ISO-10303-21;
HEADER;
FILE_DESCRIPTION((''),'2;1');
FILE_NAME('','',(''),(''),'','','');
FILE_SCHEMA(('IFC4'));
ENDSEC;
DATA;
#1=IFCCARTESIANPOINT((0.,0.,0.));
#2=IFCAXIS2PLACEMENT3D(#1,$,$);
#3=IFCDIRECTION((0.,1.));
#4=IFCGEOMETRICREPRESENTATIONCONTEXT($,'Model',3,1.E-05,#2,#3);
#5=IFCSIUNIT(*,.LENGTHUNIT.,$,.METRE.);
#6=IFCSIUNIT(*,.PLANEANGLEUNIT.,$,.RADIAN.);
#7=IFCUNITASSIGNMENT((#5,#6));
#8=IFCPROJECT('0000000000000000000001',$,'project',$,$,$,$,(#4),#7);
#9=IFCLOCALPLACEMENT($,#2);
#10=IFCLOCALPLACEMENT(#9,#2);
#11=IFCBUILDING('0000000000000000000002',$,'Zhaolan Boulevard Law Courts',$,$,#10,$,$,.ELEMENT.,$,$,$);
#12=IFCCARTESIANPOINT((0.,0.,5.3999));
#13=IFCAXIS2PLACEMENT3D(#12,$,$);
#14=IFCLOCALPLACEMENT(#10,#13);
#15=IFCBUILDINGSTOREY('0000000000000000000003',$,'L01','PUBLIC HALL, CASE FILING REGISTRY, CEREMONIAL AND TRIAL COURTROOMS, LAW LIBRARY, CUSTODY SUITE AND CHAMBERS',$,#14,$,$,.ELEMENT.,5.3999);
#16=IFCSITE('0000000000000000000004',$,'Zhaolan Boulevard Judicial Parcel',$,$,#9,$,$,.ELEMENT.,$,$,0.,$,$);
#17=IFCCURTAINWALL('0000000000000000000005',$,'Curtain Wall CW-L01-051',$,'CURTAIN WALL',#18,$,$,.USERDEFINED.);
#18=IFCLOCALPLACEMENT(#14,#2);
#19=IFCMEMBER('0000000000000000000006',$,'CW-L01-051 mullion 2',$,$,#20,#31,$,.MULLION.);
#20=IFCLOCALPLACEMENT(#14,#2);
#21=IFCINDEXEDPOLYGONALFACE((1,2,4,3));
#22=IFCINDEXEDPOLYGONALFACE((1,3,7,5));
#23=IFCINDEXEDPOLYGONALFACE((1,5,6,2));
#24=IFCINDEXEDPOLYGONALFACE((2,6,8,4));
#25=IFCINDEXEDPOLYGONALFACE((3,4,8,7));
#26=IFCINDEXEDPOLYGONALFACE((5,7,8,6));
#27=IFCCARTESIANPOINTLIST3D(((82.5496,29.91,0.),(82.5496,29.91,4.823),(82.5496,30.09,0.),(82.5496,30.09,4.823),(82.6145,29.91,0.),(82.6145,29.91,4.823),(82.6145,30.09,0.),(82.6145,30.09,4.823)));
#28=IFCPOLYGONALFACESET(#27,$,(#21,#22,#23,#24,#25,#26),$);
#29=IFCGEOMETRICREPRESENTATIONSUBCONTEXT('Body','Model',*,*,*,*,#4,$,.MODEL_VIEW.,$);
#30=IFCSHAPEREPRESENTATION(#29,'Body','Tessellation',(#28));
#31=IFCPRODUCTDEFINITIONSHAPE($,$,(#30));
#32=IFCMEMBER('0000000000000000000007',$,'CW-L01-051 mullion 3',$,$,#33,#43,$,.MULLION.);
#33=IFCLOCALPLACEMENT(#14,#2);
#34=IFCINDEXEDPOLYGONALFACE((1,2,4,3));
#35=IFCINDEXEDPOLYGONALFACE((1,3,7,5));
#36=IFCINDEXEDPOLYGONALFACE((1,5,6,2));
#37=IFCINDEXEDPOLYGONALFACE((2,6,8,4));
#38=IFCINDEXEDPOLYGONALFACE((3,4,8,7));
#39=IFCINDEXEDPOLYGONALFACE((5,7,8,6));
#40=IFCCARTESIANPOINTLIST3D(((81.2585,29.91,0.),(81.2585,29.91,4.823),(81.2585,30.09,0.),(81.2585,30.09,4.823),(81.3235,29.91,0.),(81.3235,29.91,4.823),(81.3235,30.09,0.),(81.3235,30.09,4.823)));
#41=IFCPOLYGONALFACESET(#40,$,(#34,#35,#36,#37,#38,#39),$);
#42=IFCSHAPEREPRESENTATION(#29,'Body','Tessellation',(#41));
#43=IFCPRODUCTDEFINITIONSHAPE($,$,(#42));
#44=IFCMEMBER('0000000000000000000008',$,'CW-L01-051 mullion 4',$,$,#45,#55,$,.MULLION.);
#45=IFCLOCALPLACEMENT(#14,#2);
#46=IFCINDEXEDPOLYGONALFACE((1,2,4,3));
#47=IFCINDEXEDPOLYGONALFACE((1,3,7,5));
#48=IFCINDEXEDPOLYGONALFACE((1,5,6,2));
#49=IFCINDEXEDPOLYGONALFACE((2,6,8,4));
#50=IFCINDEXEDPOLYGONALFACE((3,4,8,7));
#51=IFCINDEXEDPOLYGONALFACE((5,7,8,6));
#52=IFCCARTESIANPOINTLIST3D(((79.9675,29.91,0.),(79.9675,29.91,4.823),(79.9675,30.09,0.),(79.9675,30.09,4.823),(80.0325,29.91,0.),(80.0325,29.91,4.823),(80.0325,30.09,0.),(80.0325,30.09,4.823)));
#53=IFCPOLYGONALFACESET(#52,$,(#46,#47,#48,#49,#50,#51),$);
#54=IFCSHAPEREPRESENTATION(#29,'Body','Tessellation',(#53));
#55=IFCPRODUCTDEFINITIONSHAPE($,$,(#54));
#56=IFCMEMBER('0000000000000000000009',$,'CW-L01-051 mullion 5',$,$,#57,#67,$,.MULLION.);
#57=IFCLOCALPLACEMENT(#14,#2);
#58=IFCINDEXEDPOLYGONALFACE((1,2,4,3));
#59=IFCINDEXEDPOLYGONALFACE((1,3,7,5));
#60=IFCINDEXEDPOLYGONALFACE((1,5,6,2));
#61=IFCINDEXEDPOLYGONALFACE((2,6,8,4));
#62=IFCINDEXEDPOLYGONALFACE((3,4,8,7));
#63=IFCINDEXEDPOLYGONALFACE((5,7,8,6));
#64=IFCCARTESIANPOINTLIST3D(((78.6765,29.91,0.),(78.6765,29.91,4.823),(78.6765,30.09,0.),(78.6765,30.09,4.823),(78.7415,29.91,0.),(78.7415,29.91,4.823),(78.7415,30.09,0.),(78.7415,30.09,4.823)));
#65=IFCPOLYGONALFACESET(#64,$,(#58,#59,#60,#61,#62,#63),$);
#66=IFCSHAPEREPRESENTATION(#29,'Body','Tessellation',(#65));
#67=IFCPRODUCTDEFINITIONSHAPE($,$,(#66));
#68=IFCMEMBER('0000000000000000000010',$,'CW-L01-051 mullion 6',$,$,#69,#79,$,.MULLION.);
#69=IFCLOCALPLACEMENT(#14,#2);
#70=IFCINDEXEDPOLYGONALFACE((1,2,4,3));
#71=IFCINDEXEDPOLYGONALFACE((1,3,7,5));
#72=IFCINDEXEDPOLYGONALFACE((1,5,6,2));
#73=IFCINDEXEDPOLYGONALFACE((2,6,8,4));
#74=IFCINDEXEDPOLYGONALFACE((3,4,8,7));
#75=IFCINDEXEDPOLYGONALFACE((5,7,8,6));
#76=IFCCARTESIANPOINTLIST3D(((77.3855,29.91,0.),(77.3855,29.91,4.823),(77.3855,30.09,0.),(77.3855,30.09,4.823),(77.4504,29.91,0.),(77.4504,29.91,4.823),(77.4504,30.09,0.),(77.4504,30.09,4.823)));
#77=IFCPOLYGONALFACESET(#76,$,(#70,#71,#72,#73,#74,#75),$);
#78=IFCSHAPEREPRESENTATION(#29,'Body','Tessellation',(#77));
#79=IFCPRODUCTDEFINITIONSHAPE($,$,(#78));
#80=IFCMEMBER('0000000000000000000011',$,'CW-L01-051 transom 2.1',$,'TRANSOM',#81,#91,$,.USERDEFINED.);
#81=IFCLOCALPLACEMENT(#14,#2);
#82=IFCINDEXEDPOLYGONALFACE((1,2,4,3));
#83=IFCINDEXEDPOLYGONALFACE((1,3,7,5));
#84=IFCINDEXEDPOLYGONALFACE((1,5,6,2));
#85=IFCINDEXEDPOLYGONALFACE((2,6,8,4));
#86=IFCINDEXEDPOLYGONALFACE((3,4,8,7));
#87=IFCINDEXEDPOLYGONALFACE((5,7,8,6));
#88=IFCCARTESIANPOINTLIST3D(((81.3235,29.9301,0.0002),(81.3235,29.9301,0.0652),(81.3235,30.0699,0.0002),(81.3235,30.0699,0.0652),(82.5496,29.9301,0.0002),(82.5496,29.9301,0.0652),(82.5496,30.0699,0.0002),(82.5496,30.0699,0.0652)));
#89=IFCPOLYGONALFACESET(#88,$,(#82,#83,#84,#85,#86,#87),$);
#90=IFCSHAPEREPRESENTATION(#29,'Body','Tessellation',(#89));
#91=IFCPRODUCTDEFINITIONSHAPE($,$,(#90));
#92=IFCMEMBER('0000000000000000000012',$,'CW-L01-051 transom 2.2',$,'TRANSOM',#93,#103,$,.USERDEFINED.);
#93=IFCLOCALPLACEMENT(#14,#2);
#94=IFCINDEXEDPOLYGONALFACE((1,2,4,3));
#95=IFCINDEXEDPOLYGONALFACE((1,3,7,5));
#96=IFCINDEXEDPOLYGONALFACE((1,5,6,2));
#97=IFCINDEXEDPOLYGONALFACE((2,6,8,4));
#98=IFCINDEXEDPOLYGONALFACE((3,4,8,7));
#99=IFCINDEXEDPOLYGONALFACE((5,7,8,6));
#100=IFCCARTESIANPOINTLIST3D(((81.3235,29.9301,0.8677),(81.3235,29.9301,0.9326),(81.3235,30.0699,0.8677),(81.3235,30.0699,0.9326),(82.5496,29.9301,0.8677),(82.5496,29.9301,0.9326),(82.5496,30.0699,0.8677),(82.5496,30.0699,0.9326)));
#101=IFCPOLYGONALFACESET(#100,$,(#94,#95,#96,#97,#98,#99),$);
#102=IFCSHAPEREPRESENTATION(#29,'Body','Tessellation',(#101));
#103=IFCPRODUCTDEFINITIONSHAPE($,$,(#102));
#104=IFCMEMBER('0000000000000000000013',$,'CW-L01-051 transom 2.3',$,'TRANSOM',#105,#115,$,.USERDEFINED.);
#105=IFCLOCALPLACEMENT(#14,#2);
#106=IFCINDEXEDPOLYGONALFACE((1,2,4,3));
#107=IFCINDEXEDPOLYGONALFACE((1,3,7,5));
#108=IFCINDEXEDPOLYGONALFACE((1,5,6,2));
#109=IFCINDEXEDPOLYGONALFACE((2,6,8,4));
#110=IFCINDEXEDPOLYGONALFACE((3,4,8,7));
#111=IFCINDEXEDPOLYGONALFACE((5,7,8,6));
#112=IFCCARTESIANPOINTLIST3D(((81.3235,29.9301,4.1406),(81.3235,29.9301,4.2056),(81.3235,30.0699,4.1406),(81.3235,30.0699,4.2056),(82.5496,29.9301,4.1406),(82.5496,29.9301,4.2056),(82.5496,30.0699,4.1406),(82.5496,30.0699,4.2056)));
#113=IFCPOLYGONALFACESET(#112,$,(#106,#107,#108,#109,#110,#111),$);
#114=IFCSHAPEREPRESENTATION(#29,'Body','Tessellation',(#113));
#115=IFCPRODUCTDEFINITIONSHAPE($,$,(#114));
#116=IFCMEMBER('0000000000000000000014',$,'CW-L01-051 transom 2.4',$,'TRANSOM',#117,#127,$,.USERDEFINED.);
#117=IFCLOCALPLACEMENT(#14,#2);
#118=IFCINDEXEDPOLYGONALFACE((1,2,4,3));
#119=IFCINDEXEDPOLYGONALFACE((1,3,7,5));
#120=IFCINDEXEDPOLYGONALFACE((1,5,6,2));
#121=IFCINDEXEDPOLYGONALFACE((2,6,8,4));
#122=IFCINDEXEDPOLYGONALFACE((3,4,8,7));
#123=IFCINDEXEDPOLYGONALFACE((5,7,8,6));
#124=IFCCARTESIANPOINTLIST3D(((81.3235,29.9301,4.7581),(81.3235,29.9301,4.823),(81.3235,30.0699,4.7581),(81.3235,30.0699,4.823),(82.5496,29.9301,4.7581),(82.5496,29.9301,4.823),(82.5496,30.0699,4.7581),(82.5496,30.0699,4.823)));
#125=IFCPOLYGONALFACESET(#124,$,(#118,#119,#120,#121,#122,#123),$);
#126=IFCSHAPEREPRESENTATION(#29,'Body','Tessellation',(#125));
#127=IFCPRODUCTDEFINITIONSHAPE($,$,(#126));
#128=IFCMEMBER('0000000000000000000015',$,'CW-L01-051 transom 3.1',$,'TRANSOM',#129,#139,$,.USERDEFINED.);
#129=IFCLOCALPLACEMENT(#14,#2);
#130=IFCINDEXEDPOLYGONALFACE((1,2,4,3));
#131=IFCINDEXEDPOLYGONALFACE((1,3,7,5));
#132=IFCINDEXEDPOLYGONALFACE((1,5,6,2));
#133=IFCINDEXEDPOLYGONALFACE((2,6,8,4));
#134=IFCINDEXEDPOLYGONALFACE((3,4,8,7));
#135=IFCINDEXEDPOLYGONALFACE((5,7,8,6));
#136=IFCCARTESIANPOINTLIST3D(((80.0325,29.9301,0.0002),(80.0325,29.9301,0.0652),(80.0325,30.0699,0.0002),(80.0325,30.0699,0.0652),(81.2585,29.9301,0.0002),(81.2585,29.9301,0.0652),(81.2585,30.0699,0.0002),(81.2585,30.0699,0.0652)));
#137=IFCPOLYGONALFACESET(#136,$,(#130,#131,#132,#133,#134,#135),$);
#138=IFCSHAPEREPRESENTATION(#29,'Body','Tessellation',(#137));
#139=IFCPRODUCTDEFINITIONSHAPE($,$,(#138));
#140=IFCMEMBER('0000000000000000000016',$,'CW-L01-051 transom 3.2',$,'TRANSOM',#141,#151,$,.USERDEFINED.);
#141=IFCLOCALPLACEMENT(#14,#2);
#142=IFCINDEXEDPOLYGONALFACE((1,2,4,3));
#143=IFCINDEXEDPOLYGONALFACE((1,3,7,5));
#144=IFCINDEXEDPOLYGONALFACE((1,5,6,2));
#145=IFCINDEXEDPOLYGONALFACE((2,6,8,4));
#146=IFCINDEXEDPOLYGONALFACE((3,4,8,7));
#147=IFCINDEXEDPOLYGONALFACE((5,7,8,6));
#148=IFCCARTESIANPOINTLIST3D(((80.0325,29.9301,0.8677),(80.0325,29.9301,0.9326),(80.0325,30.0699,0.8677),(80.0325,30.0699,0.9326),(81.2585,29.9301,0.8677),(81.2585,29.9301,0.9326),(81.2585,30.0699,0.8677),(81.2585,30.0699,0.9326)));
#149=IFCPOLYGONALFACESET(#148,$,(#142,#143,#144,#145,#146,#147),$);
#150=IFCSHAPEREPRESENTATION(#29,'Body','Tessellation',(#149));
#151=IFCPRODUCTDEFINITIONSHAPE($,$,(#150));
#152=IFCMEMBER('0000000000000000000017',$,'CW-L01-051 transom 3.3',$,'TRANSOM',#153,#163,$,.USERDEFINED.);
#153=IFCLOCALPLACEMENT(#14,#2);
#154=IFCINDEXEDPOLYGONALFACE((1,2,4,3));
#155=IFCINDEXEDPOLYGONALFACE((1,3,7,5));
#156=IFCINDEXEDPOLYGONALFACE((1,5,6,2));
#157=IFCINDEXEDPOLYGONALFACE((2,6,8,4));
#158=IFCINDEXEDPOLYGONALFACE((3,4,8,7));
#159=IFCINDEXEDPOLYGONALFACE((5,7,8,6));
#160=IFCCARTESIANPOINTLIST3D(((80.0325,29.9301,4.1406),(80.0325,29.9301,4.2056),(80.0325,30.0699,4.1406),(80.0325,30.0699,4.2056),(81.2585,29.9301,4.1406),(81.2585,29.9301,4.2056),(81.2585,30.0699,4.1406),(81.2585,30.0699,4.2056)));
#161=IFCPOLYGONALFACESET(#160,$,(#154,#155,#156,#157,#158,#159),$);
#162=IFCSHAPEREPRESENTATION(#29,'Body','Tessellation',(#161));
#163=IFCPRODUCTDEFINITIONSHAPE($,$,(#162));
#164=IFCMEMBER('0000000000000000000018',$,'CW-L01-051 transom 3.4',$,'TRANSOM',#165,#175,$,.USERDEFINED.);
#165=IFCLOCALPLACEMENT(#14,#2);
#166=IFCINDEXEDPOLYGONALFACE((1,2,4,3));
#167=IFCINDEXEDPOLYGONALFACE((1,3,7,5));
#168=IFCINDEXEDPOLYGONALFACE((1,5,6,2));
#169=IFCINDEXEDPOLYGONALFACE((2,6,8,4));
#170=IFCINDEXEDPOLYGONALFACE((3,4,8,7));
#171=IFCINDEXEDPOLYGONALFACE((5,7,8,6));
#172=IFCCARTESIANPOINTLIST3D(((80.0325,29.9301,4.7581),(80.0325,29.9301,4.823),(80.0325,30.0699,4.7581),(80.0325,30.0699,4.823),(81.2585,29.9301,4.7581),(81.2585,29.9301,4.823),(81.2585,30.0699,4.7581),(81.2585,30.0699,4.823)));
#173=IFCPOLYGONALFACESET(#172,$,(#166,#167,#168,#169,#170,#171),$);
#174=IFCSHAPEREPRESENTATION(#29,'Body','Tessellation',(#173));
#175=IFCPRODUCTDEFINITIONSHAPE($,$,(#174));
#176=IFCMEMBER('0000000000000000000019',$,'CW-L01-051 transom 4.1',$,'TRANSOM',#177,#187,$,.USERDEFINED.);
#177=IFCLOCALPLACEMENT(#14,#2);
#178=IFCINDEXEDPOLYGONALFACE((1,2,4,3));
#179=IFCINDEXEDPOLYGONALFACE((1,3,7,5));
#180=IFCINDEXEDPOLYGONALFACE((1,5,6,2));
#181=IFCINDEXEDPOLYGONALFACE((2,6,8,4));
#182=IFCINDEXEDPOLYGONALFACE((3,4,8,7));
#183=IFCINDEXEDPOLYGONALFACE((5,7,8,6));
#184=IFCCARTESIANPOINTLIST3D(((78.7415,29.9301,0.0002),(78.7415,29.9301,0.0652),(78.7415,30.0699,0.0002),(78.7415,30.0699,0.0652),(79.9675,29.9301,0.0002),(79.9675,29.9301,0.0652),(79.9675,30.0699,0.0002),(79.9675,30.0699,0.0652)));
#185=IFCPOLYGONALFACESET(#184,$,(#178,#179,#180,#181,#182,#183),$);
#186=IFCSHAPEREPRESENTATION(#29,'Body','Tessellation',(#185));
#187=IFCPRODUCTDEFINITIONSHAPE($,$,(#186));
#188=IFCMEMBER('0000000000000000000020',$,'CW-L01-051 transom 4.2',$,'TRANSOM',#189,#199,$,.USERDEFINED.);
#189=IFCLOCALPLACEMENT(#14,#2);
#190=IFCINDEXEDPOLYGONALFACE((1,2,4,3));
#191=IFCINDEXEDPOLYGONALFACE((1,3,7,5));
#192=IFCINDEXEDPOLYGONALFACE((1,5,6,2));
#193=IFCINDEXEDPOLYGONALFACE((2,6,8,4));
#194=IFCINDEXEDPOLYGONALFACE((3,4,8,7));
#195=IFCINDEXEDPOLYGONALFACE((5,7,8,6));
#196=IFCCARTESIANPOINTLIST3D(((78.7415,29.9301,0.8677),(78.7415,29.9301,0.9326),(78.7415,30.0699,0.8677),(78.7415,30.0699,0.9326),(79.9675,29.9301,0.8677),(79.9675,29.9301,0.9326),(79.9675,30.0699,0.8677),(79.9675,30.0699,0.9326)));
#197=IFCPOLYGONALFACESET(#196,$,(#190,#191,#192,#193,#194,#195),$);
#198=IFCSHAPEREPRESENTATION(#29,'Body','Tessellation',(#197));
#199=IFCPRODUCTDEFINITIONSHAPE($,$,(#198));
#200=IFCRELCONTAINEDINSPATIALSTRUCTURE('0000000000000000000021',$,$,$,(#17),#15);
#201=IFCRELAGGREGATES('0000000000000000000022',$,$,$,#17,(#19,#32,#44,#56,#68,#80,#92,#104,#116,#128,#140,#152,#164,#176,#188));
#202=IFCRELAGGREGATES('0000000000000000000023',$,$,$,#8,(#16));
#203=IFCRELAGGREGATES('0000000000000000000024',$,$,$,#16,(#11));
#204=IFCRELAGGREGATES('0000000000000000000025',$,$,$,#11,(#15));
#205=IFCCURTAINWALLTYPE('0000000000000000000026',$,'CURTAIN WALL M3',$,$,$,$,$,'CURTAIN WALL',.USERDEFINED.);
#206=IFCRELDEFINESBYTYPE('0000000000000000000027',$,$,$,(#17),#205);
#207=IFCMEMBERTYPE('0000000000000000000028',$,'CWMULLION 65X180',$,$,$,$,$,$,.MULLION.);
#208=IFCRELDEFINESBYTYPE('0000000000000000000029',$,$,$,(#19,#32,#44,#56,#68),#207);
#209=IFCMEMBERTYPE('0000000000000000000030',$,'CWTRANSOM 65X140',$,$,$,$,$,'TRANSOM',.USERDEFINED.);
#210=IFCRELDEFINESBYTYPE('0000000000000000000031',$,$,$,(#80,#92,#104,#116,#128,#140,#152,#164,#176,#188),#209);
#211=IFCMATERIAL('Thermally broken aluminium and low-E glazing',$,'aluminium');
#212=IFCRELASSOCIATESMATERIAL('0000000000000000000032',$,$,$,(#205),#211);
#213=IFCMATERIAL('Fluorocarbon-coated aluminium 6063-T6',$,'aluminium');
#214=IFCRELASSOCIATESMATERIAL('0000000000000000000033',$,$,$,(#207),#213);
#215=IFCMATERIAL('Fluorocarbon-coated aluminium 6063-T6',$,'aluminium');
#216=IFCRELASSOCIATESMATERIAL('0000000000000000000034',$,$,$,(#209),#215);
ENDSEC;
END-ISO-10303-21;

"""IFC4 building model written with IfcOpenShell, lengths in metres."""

from ifc_helpers import new_model, si_unit, direction, frame, origin, origin_2d, place, context, subcontext, project, spatial, rectangle, extrude, material, material_profile, profile_set, type_object, element, aggregate, save


model = new_model("IFC4")

# Units and contexts
model_context = context("Model", 3, precision=1e-05, world=origin(), true_north=direction((0.0, 1.0)))
body_context = subcontext(model_context, "Body", "Model", "MODEL_VIEW")
ifc_project = project(units=[si_unit("LENGTHUNIT", "METRE"), si_unit("PLANEANGLEUNIT", "RADIAN")], contexts=[model_context])

# Site, building, storey
site_placement = place(None, origin())
site = spatial("IfcSite", under=ifc_project, at=site_placement, Name="Zhaolan Boulevard Judicial Parcel", CompositionType="ELEMENT", RefElevation=0.0)
building_placement = place(site_placement, origin())
building = spatial("IfcBuilding", under=site, at=building_placement, Name="Zhaolan Boulevard Law Courts", CompositionType="ELEMENT")
storey_placement = place(building_placement, frame((0.0, 0.0, 5.3999)))
storey = spatial("IfcBuildingStorey", under=building, at=storey_placement, Name="L01", Description="PUBLIC HALL, CASE FILING REGISTRY, CEREMONIAL AND TRIAL COURTROOMS, LAW LIBRARY, CUSTODY SUITE AND CHAMBERS", CompositionType="ELEMENT", Elevation=5.3999)

# Curtain wall, members
ifc_material_1 = material(Name="Thermally broken aluminium and low-E glazing", Category="aluminium")
curtain_wall_type = type_object("IfcCurtainWallType", Name="CURTAIN WALL M3", ElementType="CURTAIN WALL", PredefinedType="USERDEFINED", material=ifc_material_1)
curtain_wall_placement = place(storey_placement, origin())
curtain_wall = element("IfcCurtainWall", 1, at=curtain_wall_placement, inside=storey, type_object=curtain_wall_type, Name="Curtain Wall CW-L01-051", ObjectType="CURTAIN WALL", PredefinedType="USERDEFINED")
ifc_material_2 = material(Name="Fluorocarbon-coated aluminium 6063-T6", Category="aluminium")
ifc_material_profile_1 = material_profile(ifc_material_2, rectangle(XDim=0.1799, YDim=0.0649, at=origin_2d()), Name="AL65x180")
ifc_profile_set_1 = profile_set([ifc_material_profile_1], Name="Fluorocarbon-coated aluminium 6063-T6")
member_type_1 = type_object("IfcMemberType", Name="CWMULLION 65X180", PredefinedType="MULLION", material=ifc_profile_set_1)
member_1_placement = place(storey_placement, frame((82.582, 30.0, 0.0), z_axis=(0.0, 0.0, 1.0), x_axis=(0.0, -1.0, 0.0)))
member_1 = element("IfcMember", 2, at=member_1_placement, type_object=member_type_1, Name="CW-L01-051 mullion 2", PredefinedType="MULLION", context=body_context, shape_type="SweptSolid", body=[
    extrude(rectangle(XDim=0.1799, YDim=0.0649, at=origin_2d()), origin(), (0.0, 0.0, 1.0), 4.823),
])
member_2_placement = place(storey_placement, frame((81.291, 30.0, 0.0), z_axis=(0.0, 0.0, 1.0), x_axis=(0.0, -1.0, 0.0)))
member_2 = element("IfcMember", 3, at=member_2_placement, type_object=member_type_1, Name="CW-L01-051 mullion 3", PredefinedType="MULLION", context=body_context, shape_type="SweptSolid", body=[
    extrude(rectangle(XDim=0.1799, YDim=0.0649, at=origin_2d()), origin(), (0.0, 0.0, 1.0), 4.823),
])
member_3_placement = place(storey_placement, frame((80.0, 30.0, 0.0), z_axis=(0.0, 0.0, 1.0), x_axis=(0.0, -1.0, 0.0)))
member_3 = element("IfcMember", 4, at=member_3_placement, type_object=member_type_1, Name="CW-L01-051 mullion 4", PredefinedType="MULLION", context=body_context, shape_type="SweptSolid", body=[
    extrude(rectangle(XDim=0.1799, YDim=0.0649, at=origin_2d()), origin(), (0.0, 0.0, 1.0), 4.823),
])
member_4_placement = place(storey_placement, frame((78.709, 30.0, 0.0), z_axis=(0.0, 0.0, 1.0), x_axis=(0.0, -1.0, 0.0)))
member_4 = element("IfcMember", 5, at=member_4_placement, type_object=member_type_1, Name="CW-L01-051 mullion 5", PredefinedType="MULLION", context=body_context, shape_type="SweptSolid", body=[
    extrude(rectangle(XDim=0.1799, YDim=0.0649, at=origin_2d()), origin(), (0.0, 0.0, 1.0), 4.823),
])
member_5_placement = place(storey_placement, frame((77.418, 30.0, 0.0), z_axis=(0.0, 0.0, 1.0), x_axis=(0.0, -1.0, 0.0)))
member_5 = element("IfcMember", 6, at=member_5_placement, type_object=member_type_1, Name="CW-L01-051 mullion 6", PredefinedType="MULLION", context=body_context, shape_type="SweptSolid", body=[
    extrude(rectangle(XDim=0.1799, YDim=0.0649, at=origin_2d()), origin(), (0.0, 0.0, 1.0), 4.823),
])
ifc_material_3 = material(Name="Fluorocarbon-coated aluminium 6063-T6", Category="aluminium")
ifc_material_profile_2 = material_profile(ifc_material_3, rectangle(XDim=0.1399, YDim=0.0649, at=origin_2d()), Name="AL65x140")
ifc_profile_set_2 = profile_set([ifc_material_profile_2], Name="Fluorocarbon-coated aluminium 6063-T6")
member_type_2 = type_object("IfcMemberType", Name="CWTRANSOM 65X140", ElementType="TRANSOM", PredefinedType="USERDEFINED", material=ifc_profile_set_2)
member_6_placement = place(storey_placement, frame((82.5496, 30.0, 0.0327), z_axis=(-1.0, 0.0, 0.0), x_axis=(0.0, -1.0, 0.0)))
member_6 = element("IfcMember", 7, at=member_6_placement, type_object=member_type_2, Name="CW-L01-051 transom 2.1", ObjectType="TRANSOM", PredefinedType="USERDEFINED", context=body_context, shape_type="SweptSolid", body=[
    extrude(rectangle(XDim=0.1399, YDim=0.0649, at=origin_2d()), origin(), (0.0, 0.0, 1.0), 1.2261),
])
member_7_placement = place(storey_placement, frame((82.5496, 30.0, 0.9001), z_axis=(-1.0, 0.0, 0.0), x_axis=(0.0, -1.0, 0.0)))
member_7 = element("IfcMember", 8, at=member_7_placement, type_object=member_type_2, Name="CW-L01-051 transom 2.2", ObjectType="TRANSOM", PredefinedType="USERDEFINED", context=body_context, shape_type="SweptSolid", body=[
    extrude(rectangle(XDim=0.1399, YDim=0.0649, at=origin_2d()), origin(), (0.0, 0.0, 1.0), 1.2261),
])
member_8_placement = place(storey_placement, frame((82.5496, 30.0, 4.1731), z_axis=(-1.0, 0.0, 0.0), x_axis=(0.0, -1.0, 0.0)))
member_8 = element("IfcMember", 9, at=member_8_placement, type_object=member_type_2, Name="CW-L01-051 transom 2.3", ObjectType="TRANSOM", PredefinedType="USERDEFINED", context=body_context, shape_type="SweptSolid", body=[
    extrude(rectangle(XDim=0.1399, YDim=0.0649, at=origin_2d()), origin(), (0.0, 0.0, 1.0), 1.2261),
])
member_9_placement = place(storey_placement, frame((82.5496, 30.0, 4.7905), z_axis=(-1.0, 0.0, 0.0), x_axis=(0.0, -1.0, 0.0)))
member_9 = element("IfcMember", 10, at=member_9_placement, type_object=member_type_2, Name="CW-L01-051 transom 2.4", ObjectType="TRANSOM", PredefinedType="USERDEFINED", context=body_context, shape_type="SweptSolid", body=[
    extrude(rectangle(XDim=0.1399, YDim=0.0649, at=origin_2d()), origin(), (0.0, 0.0, 1.0), 1.2261),
])
member_10_placement = place(storey_placement, frame((81.2585, 30.0, 0.0327), z_axis=(-1.0, 0.0, 0.0), x_axis=(0.0, -1.0, 0.0)))
member_10 = element("IfcMember", 11, at=member_10_placement, type_object=member_type_2, Name="CW-L01-051 transom 3.1", ObjectType="TRANSOM", PredefinedType="USERDEFINED", context=body_context, shape_type="SweptSolid", body=[
    extrude(rectangle(XDim=0.1399, YDim=0.0649, at=origin_2d()), origin(), (0.0, 0.0, 1.0), 1.2261),
])
member_11_placement = place(storey_placement, frame((81.2585, 30.0, 0.9001), z_axis=(-1.0, 0.0, 0.0), x_axis=(0.0, -1.0, 0.0)))
member_11 = element("IfcMember", 12, at=member_11_placement, type_object=member_type_2, Name="CW-L01-051 transom 3.2", ObjectType="TRANSOM", PredefinedType="USERDEFINED", context=body_context, shape_type="SweptSolid", body=[
    extrude(rectangle(XDim=0.1399, YDim=0.0649, at=origin_2d()), origin(), (0.0, 0.0, 1.0), 1.2261),
])
member_12_placement = place(storey_placement, frame((81.2585, 30.0, 4.1731), z_axis=(-1.0, 0.0, 0.0), x_axis=(0.0, -1.0, 0.0)))
member_12 = element("IfcMember", 13, at=member_12_placement, type_object=member_type_2, Name="CW-L01-051 transom 3.3", ObjectType="TRANSOM", PredefinedType="USERDEFINED", context=body_context, shape_type="SweptSolid", body=[
    extrude(rectangle(XDim=0.1399, YDim=0.0649, at=origin_2d()), origin(), (0.0, 0.0, 1.0), 1.2261),
])
member_13_placement = place(storey_placement, frame((81.2585, 30.0, 4.7905), z_axis=(-1.0, 0.0, 0.0), x_axis=(0.0, -1.0, 0.0)))
member_13 = element("IfcMember", 14, at=member_13_placement, type_object=member_type_2, Name="CW-L01-051 transom 3.4", ObjectType="TRANSOM", PredefinedType="USERDEFINED", context=body_context, shape_type="SweptSolid", body=[
    extrude(rectangle(XDim=0.1399, YDim=0.0649, at=origin_2d()), origin(), (0.0, 0.0, 1.0), 1.2261),
])
member_14_placement = place(storey_placement, frame((79.9675, 30.0, 0.0327), z_axis=(-1.0, 0.0, 0.0), x_axis=(0.0, -1.0, 0.0)))
member_14 = element("IfcMember", 15, at=member_14_placement, type_object=member_type_2, Name="CW-L01-051 transom 4.1", ObjectType="TRANSOM", PredefinedType="USERDEFINED", context=body_context, shape_type="SweptSolid", body=[
    extrude(rectangle(XDim=0.1399, YDim=0.0649, at=origin_2d()), origin(), (0.0, 0.0, 1.0), 1.2261),
])
member_15_placement = place(storey_placement, frame((79.9675, 30.0, 0.9001), z_axis=(-1.0, 0.0, 0.0), x_axis=(0.0, -1.0, 0.0)))
member_15 = element("IfcMember", 16, at=member_15_placement, type_object=member_type_2, Name="CW-L01-051 transom 4.2", ObjectType="TRANSOM", PredefinedType="USERDEFINED", context=body_context, shape_type="SweptSolid", body=[
    extrude(rectangle(XDim=0.1399, YDim=0.0649, at=origin_2d()), origin(), (0.0, 0.0, 1.0), 1.2261),
])
aggregate(curtain_wall, [member_1, member_2, member_3, member_4, member_5, member_6, member_7, member_8, member_9, member_10, member_11, member_12, member_13, member_14, member_15])

save(model, "model.ifc")
